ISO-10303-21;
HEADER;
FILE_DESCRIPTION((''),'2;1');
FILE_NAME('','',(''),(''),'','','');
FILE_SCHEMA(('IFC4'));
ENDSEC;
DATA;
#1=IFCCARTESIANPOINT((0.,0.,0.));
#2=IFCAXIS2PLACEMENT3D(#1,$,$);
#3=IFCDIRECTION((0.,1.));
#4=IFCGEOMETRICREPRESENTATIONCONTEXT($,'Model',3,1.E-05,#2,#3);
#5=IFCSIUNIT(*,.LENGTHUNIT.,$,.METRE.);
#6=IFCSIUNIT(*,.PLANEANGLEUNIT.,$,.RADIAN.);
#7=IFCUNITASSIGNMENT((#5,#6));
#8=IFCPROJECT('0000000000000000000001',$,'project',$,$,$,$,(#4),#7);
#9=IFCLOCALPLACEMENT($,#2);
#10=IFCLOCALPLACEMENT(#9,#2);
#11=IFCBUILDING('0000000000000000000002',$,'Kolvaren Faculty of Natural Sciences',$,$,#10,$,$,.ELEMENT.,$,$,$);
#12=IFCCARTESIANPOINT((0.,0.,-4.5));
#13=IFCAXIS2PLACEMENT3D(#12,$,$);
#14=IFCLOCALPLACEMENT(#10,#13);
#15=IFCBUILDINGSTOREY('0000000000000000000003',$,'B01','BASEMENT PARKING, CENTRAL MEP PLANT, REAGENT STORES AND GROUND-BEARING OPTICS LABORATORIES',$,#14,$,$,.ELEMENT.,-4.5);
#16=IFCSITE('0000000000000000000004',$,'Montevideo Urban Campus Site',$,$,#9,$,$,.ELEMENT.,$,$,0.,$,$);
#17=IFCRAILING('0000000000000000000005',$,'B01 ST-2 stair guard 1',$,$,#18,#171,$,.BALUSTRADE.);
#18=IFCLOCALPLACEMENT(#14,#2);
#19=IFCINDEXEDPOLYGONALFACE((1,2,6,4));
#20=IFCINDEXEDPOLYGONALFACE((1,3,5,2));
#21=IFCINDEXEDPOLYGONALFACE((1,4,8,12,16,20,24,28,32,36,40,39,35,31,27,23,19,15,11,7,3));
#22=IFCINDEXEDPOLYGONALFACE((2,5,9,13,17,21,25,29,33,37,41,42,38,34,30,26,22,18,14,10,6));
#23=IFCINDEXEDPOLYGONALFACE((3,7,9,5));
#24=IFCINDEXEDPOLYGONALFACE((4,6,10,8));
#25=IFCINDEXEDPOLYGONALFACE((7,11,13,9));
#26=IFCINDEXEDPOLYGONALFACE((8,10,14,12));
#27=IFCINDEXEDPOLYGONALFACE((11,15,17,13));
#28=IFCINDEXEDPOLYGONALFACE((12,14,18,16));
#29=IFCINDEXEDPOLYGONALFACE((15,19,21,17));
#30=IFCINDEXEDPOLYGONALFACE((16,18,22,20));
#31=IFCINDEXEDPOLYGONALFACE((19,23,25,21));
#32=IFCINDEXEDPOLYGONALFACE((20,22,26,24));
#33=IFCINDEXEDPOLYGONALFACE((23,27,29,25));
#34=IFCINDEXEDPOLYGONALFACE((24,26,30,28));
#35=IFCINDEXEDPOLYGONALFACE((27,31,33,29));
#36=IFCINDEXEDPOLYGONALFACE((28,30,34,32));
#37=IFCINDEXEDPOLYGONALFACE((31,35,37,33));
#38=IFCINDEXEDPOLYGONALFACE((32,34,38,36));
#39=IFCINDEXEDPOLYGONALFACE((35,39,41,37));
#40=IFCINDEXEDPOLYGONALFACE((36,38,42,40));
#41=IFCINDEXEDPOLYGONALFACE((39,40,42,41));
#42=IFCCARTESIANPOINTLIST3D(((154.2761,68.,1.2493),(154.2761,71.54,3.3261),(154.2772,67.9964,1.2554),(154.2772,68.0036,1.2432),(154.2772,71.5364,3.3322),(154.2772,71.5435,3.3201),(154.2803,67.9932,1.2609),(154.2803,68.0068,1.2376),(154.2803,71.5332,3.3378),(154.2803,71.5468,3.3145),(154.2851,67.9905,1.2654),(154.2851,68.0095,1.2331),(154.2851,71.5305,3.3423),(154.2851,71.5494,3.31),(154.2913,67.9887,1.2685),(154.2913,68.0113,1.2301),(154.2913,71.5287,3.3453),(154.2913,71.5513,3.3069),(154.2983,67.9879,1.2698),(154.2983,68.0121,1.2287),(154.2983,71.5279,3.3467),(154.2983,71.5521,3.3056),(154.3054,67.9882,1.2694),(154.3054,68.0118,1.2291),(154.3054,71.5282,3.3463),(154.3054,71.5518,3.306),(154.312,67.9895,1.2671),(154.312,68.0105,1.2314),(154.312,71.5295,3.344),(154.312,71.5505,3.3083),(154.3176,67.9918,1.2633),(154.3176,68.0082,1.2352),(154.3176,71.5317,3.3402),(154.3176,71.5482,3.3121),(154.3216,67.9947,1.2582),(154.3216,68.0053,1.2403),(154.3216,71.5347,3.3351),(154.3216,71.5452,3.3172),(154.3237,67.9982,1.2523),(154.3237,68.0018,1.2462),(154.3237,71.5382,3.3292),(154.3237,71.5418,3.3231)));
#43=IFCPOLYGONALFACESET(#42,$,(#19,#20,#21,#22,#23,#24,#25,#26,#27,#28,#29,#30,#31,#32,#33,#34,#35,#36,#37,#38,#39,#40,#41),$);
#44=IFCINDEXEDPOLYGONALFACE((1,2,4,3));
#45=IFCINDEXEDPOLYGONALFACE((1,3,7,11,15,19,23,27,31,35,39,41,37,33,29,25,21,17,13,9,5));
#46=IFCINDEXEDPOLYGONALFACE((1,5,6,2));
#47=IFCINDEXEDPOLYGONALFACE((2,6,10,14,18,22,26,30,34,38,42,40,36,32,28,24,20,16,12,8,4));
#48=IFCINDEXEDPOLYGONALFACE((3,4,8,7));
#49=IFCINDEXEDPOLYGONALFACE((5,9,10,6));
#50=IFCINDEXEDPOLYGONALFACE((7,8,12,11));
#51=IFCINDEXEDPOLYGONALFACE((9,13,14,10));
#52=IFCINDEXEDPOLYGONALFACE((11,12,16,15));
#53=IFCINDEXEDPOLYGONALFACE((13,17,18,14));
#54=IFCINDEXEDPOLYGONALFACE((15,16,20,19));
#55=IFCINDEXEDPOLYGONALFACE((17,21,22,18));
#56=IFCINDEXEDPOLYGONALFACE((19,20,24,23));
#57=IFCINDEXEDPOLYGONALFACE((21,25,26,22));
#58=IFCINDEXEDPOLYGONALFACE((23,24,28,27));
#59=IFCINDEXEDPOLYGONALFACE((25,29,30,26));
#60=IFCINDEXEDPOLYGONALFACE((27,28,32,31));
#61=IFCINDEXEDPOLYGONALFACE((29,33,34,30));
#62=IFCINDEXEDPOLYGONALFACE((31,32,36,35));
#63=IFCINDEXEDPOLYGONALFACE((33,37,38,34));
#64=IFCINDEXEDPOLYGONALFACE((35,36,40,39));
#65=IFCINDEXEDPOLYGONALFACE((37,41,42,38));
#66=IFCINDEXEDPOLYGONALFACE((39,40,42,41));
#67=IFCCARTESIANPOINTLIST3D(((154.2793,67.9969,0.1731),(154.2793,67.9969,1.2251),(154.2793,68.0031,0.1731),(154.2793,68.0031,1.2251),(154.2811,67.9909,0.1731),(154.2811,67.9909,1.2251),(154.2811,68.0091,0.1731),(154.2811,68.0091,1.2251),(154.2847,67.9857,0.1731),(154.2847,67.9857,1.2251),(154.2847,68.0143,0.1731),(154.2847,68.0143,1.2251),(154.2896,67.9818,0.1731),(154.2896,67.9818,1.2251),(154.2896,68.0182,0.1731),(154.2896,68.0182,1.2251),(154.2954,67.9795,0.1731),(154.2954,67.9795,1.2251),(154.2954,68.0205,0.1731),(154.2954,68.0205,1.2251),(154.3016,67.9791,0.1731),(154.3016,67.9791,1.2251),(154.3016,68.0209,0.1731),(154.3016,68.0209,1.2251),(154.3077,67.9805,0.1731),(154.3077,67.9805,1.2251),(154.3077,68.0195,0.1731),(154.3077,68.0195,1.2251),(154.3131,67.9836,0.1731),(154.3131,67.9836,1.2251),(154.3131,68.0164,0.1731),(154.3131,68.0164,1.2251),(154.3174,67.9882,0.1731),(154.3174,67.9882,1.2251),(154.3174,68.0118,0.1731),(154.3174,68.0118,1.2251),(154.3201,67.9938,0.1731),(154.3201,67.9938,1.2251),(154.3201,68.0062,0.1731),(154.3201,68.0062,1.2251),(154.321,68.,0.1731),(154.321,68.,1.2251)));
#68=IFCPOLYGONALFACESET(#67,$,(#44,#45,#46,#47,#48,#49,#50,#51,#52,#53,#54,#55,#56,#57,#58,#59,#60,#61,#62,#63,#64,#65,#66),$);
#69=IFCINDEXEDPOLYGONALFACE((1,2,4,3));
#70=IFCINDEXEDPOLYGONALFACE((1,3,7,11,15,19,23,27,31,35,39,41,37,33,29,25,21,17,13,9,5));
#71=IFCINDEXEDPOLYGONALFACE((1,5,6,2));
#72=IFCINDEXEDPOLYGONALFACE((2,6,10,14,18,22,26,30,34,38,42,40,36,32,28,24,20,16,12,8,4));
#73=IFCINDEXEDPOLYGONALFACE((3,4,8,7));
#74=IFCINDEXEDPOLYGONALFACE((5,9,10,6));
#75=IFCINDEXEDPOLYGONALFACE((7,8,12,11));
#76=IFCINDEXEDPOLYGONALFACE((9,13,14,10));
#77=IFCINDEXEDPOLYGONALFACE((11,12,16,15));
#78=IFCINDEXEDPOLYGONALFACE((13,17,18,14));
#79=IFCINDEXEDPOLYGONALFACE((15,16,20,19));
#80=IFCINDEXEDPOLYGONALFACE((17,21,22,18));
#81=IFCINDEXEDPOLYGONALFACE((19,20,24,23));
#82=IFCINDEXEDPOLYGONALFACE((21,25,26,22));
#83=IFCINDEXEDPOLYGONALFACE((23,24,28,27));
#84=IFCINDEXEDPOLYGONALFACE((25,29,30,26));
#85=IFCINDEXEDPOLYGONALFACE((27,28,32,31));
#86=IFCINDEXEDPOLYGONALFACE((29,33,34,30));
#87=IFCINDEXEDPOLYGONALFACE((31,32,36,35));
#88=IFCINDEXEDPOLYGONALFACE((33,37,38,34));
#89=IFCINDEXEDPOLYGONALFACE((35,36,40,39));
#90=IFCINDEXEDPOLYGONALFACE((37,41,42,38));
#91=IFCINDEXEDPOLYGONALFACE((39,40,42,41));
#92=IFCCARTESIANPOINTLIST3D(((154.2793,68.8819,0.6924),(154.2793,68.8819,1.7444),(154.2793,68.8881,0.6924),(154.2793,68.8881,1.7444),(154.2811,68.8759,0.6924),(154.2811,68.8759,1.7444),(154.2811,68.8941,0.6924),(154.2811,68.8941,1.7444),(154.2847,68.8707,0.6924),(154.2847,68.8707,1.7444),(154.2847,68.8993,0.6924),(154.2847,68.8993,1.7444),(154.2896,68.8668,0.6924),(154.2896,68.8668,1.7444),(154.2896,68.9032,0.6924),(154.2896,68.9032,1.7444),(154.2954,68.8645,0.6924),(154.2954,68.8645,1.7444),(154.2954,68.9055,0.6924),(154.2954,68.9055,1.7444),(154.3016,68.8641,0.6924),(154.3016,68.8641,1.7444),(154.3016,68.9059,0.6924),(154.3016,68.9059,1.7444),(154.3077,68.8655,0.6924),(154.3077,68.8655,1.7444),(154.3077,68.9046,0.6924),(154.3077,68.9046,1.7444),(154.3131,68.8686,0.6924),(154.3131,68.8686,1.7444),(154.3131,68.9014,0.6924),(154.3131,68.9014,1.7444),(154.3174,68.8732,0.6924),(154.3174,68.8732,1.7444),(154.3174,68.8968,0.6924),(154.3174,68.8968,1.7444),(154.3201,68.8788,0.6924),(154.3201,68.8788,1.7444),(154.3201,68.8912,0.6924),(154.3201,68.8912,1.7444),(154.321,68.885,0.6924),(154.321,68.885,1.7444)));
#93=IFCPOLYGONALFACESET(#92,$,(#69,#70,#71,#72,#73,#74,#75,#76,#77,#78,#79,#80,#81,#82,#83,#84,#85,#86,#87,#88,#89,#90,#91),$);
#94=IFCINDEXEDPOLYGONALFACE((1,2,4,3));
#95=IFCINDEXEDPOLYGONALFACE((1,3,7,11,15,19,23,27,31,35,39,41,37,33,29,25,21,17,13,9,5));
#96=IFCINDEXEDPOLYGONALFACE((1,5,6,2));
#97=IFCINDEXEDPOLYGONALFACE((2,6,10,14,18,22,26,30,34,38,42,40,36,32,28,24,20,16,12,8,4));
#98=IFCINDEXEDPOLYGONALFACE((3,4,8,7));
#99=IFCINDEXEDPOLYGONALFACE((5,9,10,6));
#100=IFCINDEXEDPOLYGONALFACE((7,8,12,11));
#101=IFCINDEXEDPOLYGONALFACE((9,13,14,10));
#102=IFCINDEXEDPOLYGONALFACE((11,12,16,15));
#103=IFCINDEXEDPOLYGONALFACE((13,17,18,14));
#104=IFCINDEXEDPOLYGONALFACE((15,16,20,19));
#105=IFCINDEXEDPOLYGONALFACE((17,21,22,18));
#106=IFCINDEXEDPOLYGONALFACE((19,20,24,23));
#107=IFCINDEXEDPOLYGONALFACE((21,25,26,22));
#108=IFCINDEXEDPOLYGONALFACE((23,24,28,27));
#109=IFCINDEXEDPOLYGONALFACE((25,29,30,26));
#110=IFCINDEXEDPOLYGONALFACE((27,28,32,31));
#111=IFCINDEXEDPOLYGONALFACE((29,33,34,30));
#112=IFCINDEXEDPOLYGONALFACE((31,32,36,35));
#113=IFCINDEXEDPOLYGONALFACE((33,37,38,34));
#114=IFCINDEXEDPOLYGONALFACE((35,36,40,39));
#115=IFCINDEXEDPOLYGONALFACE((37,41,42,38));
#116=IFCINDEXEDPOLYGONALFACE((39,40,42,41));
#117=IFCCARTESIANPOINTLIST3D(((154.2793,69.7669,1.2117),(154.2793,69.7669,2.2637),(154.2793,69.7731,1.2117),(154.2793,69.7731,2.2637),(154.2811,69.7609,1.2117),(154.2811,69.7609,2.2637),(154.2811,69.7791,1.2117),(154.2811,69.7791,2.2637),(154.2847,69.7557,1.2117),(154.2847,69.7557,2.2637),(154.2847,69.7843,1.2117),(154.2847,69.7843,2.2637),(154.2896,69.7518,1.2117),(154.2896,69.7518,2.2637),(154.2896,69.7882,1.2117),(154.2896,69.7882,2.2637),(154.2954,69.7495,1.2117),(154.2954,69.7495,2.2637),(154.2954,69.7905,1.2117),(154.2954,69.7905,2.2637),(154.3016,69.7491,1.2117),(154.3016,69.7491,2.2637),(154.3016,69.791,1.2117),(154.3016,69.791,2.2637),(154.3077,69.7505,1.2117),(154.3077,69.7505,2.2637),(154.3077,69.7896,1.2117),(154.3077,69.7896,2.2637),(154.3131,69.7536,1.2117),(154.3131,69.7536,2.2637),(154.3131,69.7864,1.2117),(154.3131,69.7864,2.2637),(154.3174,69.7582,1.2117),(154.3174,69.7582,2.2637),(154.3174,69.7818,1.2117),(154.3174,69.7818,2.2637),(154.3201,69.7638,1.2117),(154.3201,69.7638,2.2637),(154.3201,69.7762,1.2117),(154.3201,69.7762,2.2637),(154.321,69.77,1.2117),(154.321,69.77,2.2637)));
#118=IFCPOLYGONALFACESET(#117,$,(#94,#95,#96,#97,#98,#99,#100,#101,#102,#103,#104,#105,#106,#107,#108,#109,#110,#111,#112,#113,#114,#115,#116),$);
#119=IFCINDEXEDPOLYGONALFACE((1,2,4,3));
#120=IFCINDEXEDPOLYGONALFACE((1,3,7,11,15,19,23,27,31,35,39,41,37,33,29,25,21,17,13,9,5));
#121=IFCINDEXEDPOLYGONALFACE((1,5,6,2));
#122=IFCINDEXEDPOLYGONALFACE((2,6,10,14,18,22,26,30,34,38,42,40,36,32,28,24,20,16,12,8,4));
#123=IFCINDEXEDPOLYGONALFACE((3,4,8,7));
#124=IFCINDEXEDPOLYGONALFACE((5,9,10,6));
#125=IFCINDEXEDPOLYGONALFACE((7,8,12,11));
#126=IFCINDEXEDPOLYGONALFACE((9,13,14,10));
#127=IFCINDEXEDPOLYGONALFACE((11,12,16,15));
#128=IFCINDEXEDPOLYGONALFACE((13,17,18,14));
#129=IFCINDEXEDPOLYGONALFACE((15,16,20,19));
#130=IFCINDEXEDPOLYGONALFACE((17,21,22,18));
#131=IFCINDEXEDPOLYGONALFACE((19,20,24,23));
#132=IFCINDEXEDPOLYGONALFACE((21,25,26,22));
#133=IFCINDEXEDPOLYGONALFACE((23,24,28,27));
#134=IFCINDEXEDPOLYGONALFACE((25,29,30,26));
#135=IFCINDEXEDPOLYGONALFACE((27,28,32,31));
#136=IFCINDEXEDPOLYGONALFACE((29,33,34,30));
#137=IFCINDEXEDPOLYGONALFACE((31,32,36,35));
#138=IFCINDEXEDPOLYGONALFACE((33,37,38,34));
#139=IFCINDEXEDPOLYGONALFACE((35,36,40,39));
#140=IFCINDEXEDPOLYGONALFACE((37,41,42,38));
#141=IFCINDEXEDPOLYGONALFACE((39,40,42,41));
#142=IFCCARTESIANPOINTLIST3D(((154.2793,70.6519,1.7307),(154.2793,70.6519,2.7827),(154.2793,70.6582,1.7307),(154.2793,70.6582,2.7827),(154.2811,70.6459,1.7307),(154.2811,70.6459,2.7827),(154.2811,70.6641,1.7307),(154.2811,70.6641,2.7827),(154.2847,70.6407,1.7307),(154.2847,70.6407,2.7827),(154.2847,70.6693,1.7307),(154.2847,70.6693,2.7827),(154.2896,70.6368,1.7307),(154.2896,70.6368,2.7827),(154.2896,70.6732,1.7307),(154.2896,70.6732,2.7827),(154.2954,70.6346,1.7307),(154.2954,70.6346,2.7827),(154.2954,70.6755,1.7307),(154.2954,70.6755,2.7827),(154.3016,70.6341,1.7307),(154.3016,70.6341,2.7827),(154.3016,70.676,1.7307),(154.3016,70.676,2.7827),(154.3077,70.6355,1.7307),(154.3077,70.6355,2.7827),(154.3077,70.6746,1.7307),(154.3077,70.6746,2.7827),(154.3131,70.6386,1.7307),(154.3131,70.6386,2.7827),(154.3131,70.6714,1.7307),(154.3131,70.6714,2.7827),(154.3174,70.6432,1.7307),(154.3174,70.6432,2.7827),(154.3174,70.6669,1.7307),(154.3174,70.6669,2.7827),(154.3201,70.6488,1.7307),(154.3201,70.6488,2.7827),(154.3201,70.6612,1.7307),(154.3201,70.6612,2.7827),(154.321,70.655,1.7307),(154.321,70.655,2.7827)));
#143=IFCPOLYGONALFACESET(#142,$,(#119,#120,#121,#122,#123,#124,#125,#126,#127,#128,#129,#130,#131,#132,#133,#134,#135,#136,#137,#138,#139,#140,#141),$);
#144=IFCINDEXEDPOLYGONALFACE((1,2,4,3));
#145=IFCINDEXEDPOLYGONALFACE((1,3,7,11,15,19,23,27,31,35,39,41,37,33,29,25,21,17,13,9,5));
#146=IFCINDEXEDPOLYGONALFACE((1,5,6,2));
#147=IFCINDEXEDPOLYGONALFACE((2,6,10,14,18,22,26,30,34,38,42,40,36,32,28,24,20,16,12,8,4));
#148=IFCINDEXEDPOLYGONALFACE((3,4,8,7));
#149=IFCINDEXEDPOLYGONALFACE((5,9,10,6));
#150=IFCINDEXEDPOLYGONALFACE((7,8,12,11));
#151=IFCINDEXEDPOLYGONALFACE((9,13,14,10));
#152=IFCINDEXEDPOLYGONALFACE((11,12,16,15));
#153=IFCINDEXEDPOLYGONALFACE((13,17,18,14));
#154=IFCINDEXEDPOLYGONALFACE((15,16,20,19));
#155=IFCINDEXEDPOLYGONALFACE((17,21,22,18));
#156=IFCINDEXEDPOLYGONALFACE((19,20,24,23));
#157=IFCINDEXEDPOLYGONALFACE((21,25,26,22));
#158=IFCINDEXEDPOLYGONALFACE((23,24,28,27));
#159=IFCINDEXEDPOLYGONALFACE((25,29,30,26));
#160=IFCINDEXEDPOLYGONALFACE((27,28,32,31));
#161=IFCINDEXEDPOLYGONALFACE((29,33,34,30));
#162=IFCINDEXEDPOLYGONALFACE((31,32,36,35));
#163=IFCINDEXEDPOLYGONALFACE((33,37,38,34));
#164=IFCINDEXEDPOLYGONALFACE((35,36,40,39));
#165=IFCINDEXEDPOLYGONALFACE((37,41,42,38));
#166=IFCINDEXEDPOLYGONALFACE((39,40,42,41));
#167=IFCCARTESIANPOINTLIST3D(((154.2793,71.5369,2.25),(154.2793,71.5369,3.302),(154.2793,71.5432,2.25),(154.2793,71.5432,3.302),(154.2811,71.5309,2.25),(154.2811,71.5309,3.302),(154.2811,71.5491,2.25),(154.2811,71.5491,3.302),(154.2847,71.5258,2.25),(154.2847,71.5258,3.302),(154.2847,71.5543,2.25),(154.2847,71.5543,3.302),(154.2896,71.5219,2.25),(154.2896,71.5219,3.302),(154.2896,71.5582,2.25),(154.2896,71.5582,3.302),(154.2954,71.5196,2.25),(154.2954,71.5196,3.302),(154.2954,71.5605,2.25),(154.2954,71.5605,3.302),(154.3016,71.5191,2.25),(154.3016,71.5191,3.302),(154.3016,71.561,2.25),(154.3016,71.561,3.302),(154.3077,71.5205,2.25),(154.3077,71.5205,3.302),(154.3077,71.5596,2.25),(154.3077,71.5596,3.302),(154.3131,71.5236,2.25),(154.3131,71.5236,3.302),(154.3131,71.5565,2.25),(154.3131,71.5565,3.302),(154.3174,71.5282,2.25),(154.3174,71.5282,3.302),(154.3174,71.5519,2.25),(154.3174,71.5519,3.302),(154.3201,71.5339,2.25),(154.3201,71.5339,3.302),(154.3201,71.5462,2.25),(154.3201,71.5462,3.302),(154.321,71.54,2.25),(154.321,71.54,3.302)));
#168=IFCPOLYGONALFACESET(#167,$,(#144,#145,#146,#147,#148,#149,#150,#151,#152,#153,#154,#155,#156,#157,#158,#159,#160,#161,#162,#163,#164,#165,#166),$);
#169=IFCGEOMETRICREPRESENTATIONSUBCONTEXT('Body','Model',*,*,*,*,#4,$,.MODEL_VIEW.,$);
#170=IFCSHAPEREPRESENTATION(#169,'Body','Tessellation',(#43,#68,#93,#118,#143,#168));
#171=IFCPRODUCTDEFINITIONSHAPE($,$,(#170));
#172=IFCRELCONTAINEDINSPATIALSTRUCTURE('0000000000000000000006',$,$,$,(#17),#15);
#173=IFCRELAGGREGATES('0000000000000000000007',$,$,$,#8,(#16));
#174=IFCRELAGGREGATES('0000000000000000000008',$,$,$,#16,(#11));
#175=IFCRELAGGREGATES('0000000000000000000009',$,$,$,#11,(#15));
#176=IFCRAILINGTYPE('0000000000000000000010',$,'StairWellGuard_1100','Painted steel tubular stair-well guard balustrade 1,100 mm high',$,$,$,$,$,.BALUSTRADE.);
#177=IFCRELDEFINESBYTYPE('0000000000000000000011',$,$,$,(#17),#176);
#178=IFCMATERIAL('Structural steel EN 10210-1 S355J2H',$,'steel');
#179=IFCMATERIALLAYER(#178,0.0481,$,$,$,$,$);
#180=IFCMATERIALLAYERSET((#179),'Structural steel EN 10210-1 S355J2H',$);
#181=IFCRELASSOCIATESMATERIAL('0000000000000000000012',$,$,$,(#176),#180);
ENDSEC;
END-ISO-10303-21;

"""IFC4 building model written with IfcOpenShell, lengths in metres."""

from ifc_helpers import new_model, si_unit, direction, frame, origin, origin_2d, place, context, subcontext, project, spatial, circle, extrude, material, layer, layer_set, type_object, element, save


model = new_model("IFC4")

# Units and contexts
model_context = context("Model", 3, precision=1e-05, world=origin(), true_north=direction((0.0, 1.0)))
body_context = subcontext(model_context, "Body", "Model", "MODEL_VIEW")
ifc_project = project(units=[si_unit("LENGTHUNIT", "METRE"), si_unit("PLANEANGLEUNIT", "RADIAN")], contexts=[model_context])

# Site, building, storey
site_placement = place(None, origin())
site = spatial("IfcSite", under=ifc_project, at=site_placement, Name="Montevideo Urban Campus Site", CompositionType="ELEMENT", RefElevation=0.0)
building_placement = place(site_placement, origin())
building = spatial("IfcBuilding", under=site, at=building_placement, Name="Kolvaren Faculty of Natural Sciences", CompositionType="ELEMENT")
storey_placement = place(building_placement, frame((0.0, 0.0, -4.5)))
storey = spatial("IfcBuildingStorey", under=building, at=storey_placement, Name="B01", Description="BASEMENT PARKING, CENTRAL MEP PLANT, REAGENT STORES AND GROUND-BEARING OPTICS LABORATORIES", CompositionType="ELEMENT", Elevation=-4.5)

# Railing
ifc_material_1 = material(Name="Structural steel EN 10210-1 S355J2H", Category="steel")
ifc_layer_1 = layer(ifc_material_1, 0.0481)
ifc_layer_set_1 = layer_set([ifc_layer_1], Name="Structural steel EN 10210-1 S355J2H")
railing_type_1 = type_object("IfcRailingType", Name="StairWellGuard_1100", Description="Painted steel tubular stair-well guard balustrade 1,100 mm high", PredefinedType="BALUSTRADE", material=ifc_layer_set_1)
railing_1_placement = place(storey_placement, frame((154.3, 68.0, 0.1731)))
element("IfcRailing", 1, at=railing_1_placement, inside=storey, type_object=railing_type_1, Name="B01 ST-2 stair guard 1", PredefinedType="BALUSTRADE", context=body_context, shape_type="SweptSolid", body=[
    extrude(circle(Radius=0.0239, at=origin_2d()), frame((0.0, 0.0, 1.0762), z_axis=(0.0, 0.862516, 0.506029), x_axis=(-1.0, 0.0, 0.0)), (0.0, 0.0, 1.0), 4.1042),
    extrude(circle(Radius=0.021, at=origin_2d()), origin(), (0.0, 0.0, 1.0), 1.052),
    extrude(circle(Radius=0.021, at=origin_2d()), frame((0.0, 0.885, 0.5193)), (0.0, 0.0, 1.0), 1.052),
    extrude(circle(Radius=0.021, at=origin_2d()), frame((0.0, 1.77, 1.0386)), (0.0, 0.0, 1.0), 1.052),
    extrude(circle(Radius=0.021, at=origin_2d()), frame((0.0, 2.655, 1.5576)), (0.0, 0.0, 1.0), 1.052),
    extrude(circle(Radius=0.021, at=origin_2d()), frame((0.0, 3.54, 2.0769)), (0.0, 0.0, 1.0), 1.052),
])

save(model, "model.ifc")
